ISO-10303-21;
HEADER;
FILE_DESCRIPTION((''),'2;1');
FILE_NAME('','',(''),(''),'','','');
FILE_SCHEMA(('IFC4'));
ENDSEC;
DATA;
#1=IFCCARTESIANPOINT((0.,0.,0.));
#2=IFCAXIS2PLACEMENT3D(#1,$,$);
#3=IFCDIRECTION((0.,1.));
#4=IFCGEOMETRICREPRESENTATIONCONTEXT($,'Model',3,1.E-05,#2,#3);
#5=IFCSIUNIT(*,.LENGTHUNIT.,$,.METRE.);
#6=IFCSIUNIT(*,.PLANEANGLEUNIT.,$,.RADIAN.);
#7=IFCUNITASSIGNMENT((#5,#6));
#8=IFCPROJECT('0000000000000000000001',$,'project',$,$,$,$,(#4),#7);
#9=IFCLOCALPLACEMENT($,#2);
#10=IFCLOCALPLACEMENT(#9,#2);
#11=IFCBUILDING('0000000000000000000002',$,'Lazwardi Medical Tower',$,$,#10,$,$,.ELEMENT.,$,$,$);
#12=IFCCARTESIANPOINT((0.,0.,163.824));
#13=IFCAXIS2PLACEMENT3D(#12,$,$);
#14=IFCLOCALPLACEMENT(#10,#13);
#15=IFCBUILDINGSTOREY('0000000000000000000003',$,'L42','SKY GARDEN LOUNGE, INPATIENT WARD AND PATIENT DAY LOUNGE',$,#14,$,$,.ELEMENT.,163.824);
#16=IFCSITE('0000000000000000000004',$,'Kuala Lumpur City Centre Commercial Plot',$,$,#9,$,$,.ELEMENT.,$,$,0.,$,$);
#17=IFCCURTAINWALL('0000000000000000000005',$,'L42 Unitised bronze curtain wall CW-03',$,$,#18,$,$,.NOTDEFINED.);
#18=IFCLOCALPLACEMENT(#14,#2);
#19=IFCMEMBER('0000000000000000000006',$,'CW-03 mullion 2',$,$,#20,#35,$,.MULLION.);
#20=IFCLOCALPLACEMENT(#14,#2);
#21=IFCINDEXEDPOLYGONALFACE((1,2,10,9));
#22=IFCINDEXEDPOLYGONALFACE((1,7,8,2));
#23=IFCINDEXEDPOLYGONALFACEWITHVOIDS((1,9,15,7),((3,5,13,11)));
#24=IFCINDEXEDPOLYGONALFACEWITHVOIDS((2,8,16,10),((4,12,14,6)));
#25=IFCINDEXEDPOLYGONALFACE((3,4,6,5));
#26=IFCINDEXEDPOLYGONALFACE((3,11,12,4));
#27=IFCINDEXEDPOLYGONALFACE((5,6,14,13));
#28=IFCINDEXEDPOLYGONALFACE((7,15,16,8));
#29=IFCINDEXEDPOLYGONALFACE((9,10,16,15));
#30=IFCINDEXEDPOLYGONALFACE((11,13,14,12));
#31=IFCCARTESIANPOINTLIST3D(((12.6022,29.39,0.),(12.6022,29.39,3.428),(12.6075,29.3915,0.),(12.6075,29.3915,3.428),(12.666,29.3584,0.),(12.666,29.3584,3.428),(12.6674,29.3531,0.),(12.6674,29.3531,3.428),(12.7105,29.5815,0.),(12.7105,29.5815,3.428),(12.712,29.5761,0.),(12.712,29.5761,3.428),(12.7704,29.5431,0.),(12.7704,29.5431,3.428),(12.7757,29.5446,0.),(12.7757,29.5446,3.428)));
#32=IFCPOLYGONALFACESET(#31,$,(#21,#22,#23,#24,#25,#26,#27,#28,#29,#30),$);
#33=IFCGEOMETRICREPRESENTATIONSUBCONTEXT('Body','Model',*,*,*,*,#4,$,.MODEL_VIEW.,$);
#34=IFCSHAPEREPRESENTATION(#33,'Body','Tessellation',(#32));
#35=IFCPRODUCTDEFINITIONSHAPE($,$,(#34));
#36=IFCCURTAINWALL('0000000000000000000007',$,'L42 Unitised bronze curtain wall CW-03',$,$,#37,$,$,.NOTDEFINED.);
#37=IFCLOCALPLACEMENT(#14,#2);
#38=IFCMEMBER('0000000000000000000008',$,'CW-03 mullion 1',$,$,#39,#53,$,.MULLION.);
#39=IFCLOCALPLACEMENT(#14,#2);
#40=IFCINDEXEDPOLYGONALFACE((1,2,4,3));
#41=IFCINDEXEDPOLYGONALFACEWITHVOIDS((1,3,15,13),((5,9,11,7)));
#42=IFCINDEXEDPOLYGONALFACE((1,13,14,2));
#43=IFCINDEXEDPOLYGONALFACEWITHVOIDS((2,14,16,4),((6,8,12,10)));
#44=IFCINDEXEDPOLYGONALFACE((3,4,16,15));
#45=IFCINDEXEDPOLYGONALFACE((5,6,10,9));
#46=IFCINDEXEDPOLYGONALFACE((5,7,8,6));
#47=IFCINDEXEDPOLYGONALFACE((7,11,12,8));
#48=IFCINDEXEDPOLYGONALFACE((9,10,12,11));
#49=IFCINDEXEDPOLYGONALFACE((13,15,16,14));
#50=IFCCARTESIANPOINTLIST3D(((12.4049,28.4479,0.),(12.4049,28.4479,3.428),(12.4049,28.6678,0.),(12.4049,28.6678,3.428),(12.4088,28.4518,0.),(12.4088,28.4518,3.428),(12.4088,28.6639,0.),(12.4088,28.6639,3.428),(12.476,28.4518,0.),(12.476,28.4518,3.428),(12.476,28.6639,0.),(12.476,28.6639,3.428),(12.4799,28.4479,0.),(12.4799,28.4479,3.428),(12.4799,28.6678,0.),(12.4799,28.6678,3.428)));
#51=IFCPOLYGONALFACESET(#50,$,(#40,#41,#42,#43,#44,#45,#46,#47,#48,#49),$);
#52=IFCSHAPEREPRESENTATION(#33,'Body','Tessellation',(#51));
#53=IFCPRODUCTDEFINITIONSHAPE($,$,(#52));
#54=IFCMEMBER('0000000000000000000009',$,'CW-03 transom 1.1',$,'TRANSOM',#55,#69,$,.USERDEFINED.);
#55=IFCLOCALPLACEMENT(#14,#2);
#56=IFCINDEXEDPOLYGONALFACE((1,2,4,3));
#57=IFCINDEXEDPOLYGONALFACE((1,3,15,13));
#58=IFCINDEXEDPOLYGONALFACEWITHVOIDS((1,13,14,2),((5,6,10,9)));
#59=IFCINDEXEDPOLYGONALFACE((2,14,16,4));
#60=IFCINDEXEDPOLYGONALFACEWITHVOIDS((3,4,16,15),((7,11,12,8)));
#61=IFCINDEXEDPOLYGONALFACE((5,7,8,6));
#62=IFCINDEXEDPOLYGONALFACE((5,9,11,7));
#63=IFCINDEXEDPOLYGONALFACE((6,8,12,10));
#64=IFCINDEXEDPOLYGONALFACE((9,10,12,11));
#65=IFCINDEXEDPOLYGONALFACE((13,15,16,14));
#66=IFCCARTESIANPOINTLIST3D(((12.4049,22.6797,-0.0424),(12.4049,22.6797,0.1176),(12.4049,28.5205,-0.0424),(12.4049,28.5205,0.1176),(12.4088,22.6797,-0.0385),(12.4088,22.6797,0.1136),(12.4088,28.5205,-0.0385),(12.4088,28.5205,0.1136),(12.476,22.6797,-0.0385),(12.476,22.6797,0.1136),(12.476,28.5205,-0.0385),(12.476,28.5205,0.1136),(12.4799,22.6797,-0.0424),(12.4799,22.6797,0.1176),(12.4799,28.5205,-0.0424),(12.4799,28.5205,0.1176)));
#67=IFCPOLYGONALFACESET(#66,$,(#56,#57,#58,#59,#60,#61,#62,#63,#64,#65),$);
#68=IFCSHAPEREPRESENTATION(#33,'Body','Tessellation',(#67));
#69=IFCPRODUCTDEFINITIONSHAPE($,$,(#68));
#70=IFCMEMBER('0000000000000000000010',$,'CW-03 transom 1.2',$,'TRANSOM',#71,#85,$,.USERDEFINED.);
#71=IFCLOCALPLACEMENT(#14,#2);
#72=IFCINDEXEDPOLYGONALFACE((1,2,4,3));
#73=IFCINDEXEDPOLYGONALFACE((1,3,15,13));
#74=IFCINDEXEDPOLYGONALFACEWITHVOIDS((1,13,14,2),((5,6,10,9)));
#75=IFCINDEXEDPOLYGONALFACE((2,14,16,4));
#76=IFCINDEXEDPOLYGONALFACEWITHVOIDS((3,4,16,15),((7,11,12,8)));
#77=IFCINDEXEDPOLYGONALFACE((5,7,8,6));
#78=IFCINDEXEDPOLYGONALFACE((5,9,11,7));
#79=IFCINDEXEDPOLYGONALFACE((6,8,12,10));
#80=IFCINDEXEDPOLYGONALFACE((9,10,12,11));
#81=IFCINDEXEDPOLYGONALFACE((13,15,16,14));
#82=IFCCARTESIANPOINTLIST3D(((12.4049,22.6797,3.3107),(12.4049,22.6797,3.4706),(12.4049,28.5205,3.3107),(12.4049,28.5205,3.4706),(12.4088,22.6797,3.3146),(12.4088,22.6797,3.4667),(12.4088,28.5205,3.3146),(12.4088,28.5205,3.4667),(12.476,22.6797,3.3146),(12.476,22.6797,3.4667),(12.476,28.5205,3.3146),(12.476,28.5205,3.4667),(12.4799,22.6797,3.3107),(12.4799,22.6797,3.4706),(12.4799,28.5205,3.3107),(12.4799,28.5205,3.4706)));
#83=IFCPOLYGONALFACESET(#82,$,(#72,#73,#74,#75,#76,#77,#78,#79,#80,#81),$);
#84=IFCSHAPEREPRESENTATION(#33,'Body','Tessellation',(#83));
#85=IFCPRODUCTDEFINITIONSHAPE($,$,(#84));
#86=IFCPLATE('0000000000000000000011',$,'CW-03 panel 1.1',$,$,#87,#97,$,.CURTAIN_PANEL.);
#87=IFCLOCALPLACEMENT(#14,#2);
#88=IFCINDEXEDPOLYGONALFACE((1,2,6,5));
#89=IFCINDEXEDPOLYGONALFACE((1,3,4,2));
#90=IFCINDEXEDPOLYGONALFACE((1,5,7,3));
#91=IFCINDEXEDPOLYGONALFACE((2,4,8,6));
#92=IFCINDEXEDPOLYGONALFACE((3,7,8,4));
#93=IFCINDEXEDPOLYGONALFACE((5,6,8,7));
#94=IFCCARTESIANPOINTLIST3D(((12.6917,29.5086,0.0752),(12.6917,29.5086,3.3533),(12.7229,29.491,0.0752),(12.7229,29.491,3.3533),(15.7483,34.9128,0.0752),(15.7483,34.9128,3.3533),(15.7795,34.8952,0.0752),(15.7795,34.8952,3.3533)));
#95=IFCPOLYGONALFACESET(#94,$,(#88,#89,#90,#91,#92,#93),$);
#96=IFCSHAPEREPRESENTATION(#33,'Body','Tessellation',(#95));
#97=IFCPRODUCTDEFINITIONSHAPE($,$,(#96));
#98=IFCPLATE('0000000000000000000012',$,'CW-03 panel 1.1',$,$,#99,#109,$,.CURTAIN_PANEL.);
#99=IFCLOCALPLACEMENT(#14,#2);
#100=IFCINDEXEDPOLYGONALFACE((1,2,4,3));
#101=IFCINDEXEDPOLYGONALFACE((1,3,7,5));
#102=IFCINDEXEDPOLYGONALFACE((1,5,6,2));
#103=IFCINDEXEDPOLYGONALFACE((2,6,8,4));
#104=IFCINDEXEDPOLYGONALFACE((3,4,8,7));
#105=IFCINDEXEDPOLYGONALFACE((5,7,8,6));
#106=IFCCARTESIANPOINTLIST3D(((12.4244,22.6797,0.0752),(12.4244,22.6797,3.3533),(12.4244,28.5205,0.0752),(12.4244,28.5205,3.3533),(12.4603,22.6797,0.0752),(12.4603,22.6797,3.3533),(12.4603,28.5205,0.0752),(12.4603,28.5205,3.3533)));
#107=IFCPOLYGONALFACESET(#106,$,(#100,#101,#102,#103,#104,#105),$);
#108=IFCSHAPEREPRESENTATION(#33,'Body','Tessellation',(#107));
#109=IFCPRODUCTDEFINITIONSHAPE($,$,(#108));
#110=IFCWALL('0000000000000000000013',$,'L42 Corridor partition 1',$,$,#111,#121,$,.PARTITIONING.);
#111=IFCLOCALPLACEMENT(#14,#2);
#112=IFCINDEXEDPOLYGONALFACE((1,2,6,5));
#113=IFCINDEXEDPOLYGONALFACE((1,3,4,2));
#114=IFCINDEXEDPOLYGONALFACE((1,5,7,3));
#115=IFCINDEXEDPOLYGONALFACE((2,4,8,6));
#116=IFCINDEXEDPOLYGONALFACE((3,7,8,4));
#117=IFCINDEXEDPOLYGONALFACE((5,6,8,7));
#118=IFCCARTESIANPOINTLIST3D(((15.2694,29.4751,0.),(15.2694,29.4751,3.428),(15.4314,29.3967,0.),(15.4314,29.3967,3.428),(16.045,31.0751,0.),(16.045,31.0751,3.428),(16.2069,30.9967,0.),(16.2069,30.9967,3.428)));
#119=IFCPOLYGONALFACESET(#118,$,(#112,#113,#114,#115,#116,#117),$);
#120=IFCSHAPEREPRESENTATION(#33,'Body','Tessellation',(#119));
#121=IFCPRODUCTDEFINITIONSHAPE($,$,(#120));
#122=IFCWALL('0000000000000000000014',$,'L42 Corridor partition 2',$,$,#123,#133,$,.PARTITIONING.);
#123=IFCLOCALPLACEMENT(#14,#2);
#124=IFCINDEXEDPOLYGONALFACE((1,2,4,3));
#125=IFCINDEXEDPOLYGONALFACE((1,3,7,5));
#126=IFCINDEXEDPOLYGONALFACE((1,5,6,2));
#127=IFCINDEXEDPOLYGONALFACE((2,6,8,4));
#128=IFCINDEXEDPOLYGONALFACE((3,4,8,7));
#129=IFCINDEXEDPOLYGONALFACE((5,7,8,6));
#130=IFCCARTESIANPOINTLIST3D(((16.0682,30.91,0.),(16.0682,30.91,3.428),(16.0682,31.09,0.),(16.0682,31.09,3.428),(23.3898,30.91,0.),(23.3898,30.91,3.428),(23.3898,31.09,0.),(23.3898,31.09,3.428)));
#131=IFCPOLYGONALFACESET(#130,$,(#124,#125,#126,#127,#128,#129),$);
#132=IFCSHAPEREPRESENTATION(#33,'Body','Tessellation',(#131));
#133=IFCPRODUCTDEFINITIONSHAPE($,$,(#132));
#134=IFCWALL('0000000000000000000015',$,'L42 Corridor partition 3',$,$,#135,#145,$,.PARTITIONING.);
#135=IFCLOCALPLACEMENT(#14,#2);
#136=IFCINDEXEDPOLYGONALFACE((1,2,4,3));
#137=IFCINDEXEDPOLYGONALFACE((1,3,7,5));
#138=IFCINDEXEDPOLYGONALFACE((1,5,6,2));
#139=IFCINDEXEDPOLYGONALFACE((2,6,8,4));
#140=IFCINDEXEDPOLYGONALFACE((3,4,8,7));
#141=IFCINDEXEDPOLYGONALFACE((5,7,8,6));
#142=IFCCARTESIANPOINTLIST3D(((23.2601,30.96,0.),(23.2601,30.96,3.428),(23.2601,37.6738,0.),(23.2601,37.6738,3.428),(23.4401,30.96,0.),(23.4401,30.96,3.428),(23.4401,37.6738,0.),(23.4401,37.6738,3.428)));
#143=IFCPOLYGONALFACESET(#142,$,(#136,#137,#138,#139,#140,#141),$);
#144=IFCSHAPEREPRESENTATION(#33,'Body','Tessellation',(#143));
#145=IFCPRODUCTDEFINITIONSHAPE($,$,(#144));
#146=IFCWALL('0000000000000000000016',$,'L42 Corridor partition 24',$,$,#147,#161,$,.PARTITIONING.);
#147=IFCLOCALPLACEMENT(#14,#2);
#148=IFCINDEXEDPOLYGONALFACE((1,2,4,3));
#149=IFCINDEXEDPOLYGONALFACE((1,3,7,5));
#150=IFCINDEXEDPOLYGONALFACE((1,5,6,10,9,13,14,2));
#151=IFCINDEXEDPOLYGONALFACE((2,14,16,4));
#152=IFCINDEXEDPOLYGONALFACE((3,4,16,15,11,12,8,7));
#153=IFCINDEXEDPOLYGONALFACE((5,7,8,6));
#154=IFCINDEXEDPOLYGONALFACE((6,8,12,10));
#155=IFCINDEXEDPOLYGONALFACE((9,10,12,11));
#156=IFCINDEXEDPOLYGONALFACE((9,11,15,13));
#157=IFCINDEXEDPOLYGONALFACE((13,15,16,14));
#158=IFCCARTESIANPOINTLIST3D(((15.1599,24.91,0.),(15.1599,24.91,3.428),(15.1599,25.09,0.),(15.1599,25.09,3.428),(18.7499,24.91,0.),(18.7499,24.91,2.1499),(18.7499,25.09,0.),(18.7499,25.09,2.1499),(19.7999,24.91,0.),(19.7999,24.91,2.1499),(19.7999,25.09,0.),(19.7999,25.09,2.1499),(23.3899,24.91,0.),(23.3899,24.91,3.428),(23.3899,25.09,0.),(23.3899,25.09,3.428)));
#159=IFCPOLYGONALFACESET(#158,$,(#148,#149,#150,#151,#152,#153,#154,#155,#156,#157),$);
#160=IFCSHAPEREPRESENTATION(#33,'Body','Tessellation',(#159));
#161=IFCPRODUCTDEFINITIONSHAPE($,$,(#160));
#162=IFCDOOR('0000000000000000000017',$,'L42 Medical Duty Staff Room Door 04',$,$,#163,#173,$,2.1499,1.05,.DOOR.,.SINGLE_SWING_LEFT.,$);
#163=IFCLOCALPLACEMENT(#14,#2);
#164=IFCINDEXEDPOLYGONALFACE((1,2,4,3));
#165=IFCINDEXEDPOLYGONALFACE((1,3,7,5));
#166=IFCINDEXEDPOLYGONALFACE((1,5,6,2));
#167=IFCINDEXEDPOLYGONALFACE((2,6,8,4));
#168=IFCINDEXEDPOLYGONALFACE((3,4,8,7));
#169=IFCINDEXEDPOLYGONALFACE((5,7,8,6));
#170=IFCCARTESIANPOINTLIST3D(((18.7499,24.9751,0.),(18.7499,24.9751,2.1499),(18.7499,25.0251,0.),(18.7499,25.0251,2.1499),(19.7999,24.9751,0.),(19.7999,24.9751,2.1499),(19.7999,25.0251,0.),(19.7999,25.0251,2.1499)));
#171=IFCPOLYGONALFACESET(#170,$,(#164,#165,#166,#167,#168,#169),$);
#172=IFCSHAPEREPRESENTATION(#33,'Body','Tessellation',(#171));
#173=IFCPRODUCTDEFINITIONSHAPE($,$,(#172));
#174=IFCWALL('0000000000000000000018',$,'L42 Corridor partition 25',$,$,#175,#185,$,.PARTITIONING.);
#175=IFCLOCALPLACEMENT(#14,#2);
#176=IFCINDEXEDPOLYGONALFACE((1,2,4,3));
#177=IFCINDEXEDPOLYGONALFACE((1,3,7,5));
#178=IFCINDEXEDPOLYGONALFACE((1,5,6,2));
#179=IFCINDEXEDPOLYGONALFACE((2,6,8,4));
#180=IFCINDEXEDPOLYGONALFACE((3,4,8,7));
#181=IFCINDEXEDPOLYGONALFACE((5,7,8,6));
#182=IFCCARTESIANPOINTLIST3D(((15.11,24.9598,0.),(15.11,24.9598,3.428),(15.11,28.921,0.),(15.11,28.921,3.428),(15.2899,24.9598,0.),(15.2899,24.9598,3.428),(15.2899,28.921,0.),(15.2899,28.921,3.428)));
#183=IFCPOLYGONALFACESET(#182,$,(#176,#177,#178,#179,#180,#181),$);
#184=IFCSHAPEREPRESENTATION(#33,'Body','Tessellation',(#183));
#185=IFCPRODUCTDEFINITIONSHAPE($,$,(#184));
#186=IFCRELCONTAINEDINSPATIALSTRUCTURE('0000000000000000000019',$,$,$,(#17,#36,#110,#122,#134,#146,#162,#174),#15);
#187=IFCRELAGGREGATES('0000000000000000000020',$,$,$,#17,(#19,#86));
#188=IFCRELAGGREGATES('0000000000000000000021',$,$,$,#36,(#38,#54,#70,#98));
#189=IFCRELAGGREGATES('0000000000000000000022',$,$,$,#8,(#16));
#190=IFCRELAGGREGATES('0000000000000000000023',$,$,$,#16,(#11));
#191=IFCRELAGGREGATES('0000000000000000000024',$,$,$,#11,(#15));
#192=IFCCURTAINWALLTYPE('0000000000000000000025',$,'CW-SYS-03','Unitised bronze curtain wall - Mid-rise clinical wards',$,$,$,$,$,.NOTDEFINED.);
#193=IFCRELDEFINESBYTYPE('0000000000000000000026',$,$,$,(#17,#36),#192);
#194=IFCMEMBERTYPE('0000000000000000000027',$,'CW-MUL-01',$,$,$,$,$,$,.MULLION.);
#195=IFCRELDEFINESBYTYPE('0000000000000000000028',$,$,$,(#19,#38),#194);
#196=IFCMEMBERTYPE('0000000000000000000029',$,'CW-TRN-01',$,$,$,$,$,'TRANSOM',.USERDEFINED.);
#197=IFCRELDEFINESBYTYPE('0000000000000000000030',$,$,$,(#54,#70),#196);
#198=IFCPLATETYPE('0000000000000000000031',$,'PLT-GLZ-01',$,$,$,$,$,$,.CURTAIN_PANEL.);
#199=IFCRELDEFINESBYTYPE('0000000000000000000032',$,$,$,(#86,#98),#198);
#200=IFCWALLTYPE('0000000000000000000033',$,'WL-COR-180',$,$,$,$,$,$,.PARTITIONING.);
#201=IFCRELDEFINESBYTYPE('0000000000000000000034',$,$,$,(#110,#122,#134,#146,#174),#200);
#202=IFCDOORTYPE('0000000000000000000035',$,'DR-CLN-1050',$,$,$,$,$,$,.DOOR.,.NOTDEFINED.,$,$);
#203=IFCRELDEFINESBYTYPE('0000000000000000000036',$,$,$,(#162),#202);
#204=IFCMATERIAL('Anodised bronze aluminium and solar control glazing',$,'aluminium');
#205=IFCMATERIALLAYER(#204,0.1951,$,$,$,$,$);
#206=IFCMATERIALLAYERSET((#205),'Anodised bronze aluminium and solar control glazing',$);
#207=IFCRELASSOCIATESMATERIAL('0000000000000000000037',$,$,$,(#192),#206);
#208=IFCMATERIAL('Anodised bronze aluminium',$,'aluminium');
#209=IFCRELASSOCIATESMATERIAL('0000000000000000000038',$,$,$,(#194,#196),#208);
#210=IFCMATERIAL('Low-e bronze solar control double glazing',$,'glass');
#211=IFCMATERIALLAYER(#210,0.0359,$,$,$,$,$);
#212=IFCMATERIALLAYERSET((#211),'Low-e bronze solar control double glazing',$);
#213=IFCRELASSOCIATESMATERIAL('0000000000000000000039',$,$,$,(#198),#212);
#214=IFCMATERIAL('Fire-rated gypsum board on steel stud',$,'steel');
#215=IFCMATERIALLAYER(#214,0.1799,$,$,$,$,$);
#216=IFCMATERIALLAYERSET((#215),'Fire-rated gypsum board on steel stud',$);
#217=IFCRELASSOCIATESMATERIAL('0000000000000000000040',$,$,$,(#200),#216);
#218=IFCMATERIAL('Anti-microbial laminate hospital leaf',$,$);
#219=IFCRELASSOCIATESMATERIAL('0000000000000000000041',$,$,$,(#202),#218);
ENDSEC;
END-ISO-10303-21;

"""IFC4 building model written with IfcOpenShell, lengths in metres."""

from ifc_helpers import new_model, si_unit, direction, frame, frame_2d, origin, origin_2d, place, context, subcontext, project, spatial, rectangle, hollow_rectangle, extrude, material, layer, layer_set, material_profile, profile_set, type_object, element, fill, aggregate, save


model = new_model("IFC4")

# Units and contexts
model_context = context("Model", 3, precision=1e-05, world=origin(), true_north=direction((0.0, 1.0)))
body_context = subcontext(model_context, "Body", "Model", "MODEL_VIEW")
ifc_project = project(units=[si_unit("LENGTHUNIT", "METRE"), si_unit("PLANEANGLEUNIT", "RADIAN")], contexts=[model_context])

# Site, building, storey
site_placement = place(None, origin())
site = spatial("IfcSite", under=ifc_project, at=site_placement, Name="Kuala Lumpur City Centre Commercial Plot", CompositionType="ELEMENT", RefElevation=0.0)
building_placement = place(site_placement, origin())
building = spatial("IfcBuilding", under=site, at=building_placement, Name="Lazwardi Medical Tower", CompositionType="ELEMENT")
storey_placement = place(building_placement, frame((0.0, 0.0, 163.824)))
storey = spatial("IfcBuildingStorey", under=building, at=storey_placement, Name="L42", Description="SKY GARDEN LOUNGE, INPATIENT WARD AND PATIENT DAY LOUNGE", CompositionType="ELEMENT", Elevation=163.824)

# Curtain wall, member
ifc_material_1 = material(Name="Anodised bronze aluminium and solar control glazing", Category="aluminium")
ifc_layer_1 = layer(ifc_material_1, 0.1951)
ifc_layer_set_1 = layer_set([ifc_layer_1], Name="Anodised bronze aluminium and solar control glazing")
curtain_wall_type = type_object("IfcCurtainWallType", Name="CW-SYS-03", Description="Unitised bronze curtain wall - Mid-rise clinical wards", PredefinedType="NOTDEFINED", material=ifc_layer_set_1)
curtain_wall_1_placement = place(storey_placement, origin())
curtain_wall_1 = element("IfcCurtainWall", 1, at=curtain_wall_1_placement, inside=storey, type_object=curtain_wall_type, Name="L42 Unitised bronze curtain wall CW-03", PredefinedType="NOTDEFINED")
ifc_material_2 = material(Name="Anodised bronze aluminium", Category="aluminium")
ifc_material_profile_1 = material_profile(ifc_material_2, hollow_rectangle(XDim=0.075, YDim=0.22, WallThickness=0.0039, at=origin_2d()), Name="ALU-MULLION 220x75x4")
ifc_profile_set_1 = profile_set([ifc_material_profile_1], Name="Anodised bronze aluminium")
member_type_1 = type_object("IfcMemberType", Name="CW-MUL-01", PredefinedType="MULLION", material=ifc_profile_set_1)
member_1_placement = place(storey_placement, frame((12.689, 29.4673, 0.0), z_axis=(0.0, 0.0, 1.0), x_axis=(0.870419, -0.492312, 0.0)))
member_1 = element("IfcMember", 2, at=member_1_placement, type_object=member_type_1, Name="CW-03 mullion 2", PredefinedType="MULLION", context=body_context, shape_type="SweptSolid", body=[
    extrude(hollow_rectangle(XDim=0.075, YDim=0.22, WallThickness=0.0039, at=origin_2d()), origin(), (0.0, 0.0, 1.0), 3.428),
])

# Curtain wall, members
curtain_wall_2_placement = place(storey_placement, origin())
curtain_wall_2 = element("IfcCurtainWall", 3, at=curtain_wall_2_placement, inside=storey, type_object=curtain_wall_type, Name="L42 Unitised bronze curtain wall CW-03", PredefinedType="NOTDEFINED")
member_2_placement = place(storey_placement, frame((12.4424, 28.5579, 0.0), z_axis=(0.0, 0.0, 1.0), x_axis=(1.0, 0.0, 0.0)))
member_2 = element("IfcMember", 4, at=member_2_placement, type_object=member_type_1, Name="CW-03 mullion 1", PredefinedType="MULLION", context=body_context, shape_type="SweptSolid", body=[
    extrude(hollow_rectangle(XDim=0.075, YDim=0.22, WallThickness=0.0039, at=origin_2d()), origin(), (0.0, 0.0, 1.0), 3.428),
])
ifc_material_profile_2 = material_profile(ifc_material_2, hollow_rectangle(XDim=0.075, YDim=0.1599, WallThickness=0.0039, at=origin_2d()), Name="ALU-TRANSOM 160x75x4")
ifc_profile_set_2 = profile_set([ifc_material_profile_2], Name="Anodised bronze aluminium")
member_type_2 = type_object("IfcMemberType", Name="CW-TRN-01", ElementType="TRANSOM", PredefinedType="USERDEFINED", material=ifc_profile_set_2)
member_3_placement = place(storey_placement, frame((12.4424, 28.5205, 0.0376), z_axis=(0.0, -1.0, 0.0), x_axis=(1.0, 0.0, 0.0)))
member_3 = element("IfcMember", 5, at=member_3_placement, type_object=member_type_2, Name="CW-03 transom 1.1", ObjectType="TRANSOM", PredefinedType="USERDEFINED", context=body_context, shape_type="SweptSolid", body=[
    extrude(hollow_rectangle(XDim=0.075, YDim=0.1599, WallThickness=0.0039, at=origin_2d()), origin(), (0.0, 0.0, 1.0), 5.8408),
])
member_4_placement = place(storey_placement, frame((12.4424, 28.5205, 3.3906), z_axis=(0.0, -1.0, 0.0), x_axis=(1.0, 0.0, 0.0)))
member_4 = element("IfcMember", 6, at=member_4_placement, type_object=member_type_2, Name="CW-03 transom 1.2", ObjectType="TRANSOM", PredefinedType="USERDEFINED", context=body_context, shape_type="SweptSolid", body=[
    extrude(hollow_rectangle(XDim=0.075, YDim=0.1599, WallThickness=0.0039, at=origin_2d()), origin(), (0.0, 0.0, 1.0), 5.8408),
])

# Plates
ifc_material_3 = material(Name="Low-e bronze solar control double glazing", Category="glass")
ifc_layer_2 = layer(ifc_material_3, 0.0359)
ifc_layer_set_2 = layer_set([ifc_layer_2], Name="Low-e bronze solar control double glazing")
plate_type = type_object("IfcPlateType", Name="PLT-GLZ-01", PredefinedType="CURTAIN_PANEL", material=ifc_layer_set_2)
plate_1_placement = place(storey_placement, frame((14.2356, 32.2019, 0.0752), z_axis=(0.0, 0.0, 1.0), x_axis=(-0.492312, -0.870419, 0.0)))
plate_1 = element("IfcPlate", 7, at=plate_1_placement, type_object=plate_type, Name="CW-03 panel 1.1", PredefinedType="CURTAIN_PANEL", context=body_context, shape_type="SweptSolid", body=[
    extrude(rectangle(XDim=6.2087, YDim=0.0359, at=origin_2d()), origin(), (0.0, 0.0, 1.0), 3.2781),
])
aggregate(curtain_wall_1, [member_1, plate_1])
plate_2_placement = place(storey_placement, frame((12.4424, 25.6001, 0.0752), z_axis=(0.0, 0.0, 1.0), x_axis=(0.0, -1.0, 0.0)))
plate_2 = element("IfcPlate", 8, at=plate_2_placement, type_object=plate_type, Name="CW-03 panel 1.1", PredefinedType="CURTAIN_PANEL", context=body_context, shape_type="SweptSolid", body=[
    extrude(rectangle(XDim=5.8408, YDim=0.0359, at=origin_2d()), origin(), (0.0, 0.0, 1.0), 3.2781),
])
aggregate(curtain_wall_2, [member_2, member_3, member_4, plate_2])

# Walls
ifc_material_4 = material(Name="Fire-rated gypsum board on steel stud", Category="steel")
ifc_layer_3 = layer(ifc_material_4, 0.1799)
ifc_layer_set_3 = layer_set([ifc_layer_3], Name="Fire-rated gypsum board on steel stud")
wall_type_1 = type_object("IfcWallType", Name="WL-COR-180", PredefinedType="PARTITIONING", material=ifc_layer_set_3)
wall_1_placement = place(storey_placement, frame((15.3503, 29.4358, 0.0), z_axis=(0.0, 0.0, 1.0), x_axis=(0.436196, 0.899852, 0.0)))
element("IfcWall", 9, at=wall_1_placement, inside=storey, type_object=wall_type_1, Name="L42 Corridor partition 1", PredefinedType="PARTITIONING", context=body_context, shape_type="SweptSolid", body=[
    extrude(rectangle(XDim=1.7781, YDim=0.1799, at=frame_2d((0.8892, 0.0))), origin(), (0.0, 0.0, 1.0), 3.428),
])
wall_2_placement = place(storey_placement, frame((16.0684, 31.0, 0.0), z_axis=(0.0, 0.0, 1.0), x_axis=(1.0, 0.0, 0.0)))
element("IfcWall", 10, at=wall_2_placement, inside=storey, type_object=wall_type_1, Name="L42 Corridor partition 2", PredefinedType="PARTITIONING", context=body_context, shape_type="SweptSolid", body=[
    extrude(rectangle(XDim=7.3215, YDim=0.1799, at=frame_2d((3.6606, 0.0))), origin(), (0.0, 0.0, 1.0), 3.428),
])
wall_3_placement = place(storey_placement, frame((23.3501, 30.96, 0.0), z_axis=(0.0, 0.0, 1.0), x_axis=(0.0, 1.0, 0.0)))
element("IfcWall", 11, at=wall_3_placement, inside=storey, type_object=wall_type_1, Name="L42 Corridor partition 3", PredefinedType="PARTITIONING", context=body_context, shape_type="SweptSolid", body=[
    extrude(rectangle(XDim=6.7139, YDim=0.1799, at=frame_2d((3.3569, 0.0))), origin(), (0.0, 0.0, 1.0), 3.428),
])

# Wall, opening, door
wall_4_placement = place(storey_placement, frame((23.3899, 25.0, 0.0), z_axis=(0.0, 0.0, 1.0), x_axis=(-1.0, 0.0, 0.0)))
wall_4 = element("IfcWall", 12, at=wall_4_placement, inside=storey, type_object=wall_type_1, Name="L42 Corridor partition 24", PredefinedType="PARTITIONING", context=body_context, shape_type="SweptSolid", body=[
    extrude(rectangle(XDim=8.23, YDim=0.1799, at=frame_2d((4.115, 0.0))), origin(), (0.0, 0.0, 1.0), 3.428),
])
opening_placement = place(wall_4_placement, frame((3.5901, 0.0, 0.0)))
opening = element("IfcOpeningElement", 13, at=opening_placement, cuts=wall_4, PredefinedType="OPENING", context=body_context, shape_type="SweptSolid", body=[
    extrude(rectangle(XDim=1.05, YDim=2.1499, at=frame_2d((0.5249, 1.075))), frame((0.0, 0.0999, 0.0), z_axis=(0.0, -1.0, 0.0), x_axis=(1.0, 0.0, 0.0)), (0.0, 0.0, 1.0), 0.2),
])
ifc_material_5 = material(Name="Anti-microbial laminate hospital leaf")
door_type = type_object("IfcDoorType", Name="DR-CLN-1050", OperationType="NOTDEFINED", PredefinedType="DOOR", material=ifc_material_5)
door_placement = place(opening_placement, origin())
door = element("IfcDoor", 14, at=door_placement, inside=storey, type_object=door_type, Name="L42 Medical Duty Staff Room Door 04", OperationType="SINGLE_SWING_LEFT", OverallHeight=2.1499, OverallWidth=1.05, PredefinedType="DOOR", context=body_context, shape_type="SweptSolid", body=[
    extrude(rectangle(XDim=1.05, YDim=2.1499, at=frame_2d((0.5249, 1.075))), frame((0.0, 0.0249, 0.0), z_axis=(0.0, -1.0, 0.0), x_axis=(1.0, 0.0, 0.0)), (0.0, 0.0, 1.0), 0.05),
])
fill(opening, door)

# Wall
wall_5_placement = place(storey_placement, frame((15.2, 24.96, 0.0), z_axis=(0.0, 0.0, 1.0), x_axis=(0.0, 1.0, 0.0)))
element("IfcWall", 15, at=wall_5_placement, inside=storey, type_object=wall_type_1, Name="L42 Corridor partition 25", PredefinedType="PARTITIONING", context=body_context, shape_type="SweptSolid", body=[
    extrude(rectangle(XDim=3.9612, YDim=0.1799, at=frame_2d((1.9805, 0.0))), origin(), (0.0, 0.0, 1.0), 3.428),
])

save(model, "model.ifc")
